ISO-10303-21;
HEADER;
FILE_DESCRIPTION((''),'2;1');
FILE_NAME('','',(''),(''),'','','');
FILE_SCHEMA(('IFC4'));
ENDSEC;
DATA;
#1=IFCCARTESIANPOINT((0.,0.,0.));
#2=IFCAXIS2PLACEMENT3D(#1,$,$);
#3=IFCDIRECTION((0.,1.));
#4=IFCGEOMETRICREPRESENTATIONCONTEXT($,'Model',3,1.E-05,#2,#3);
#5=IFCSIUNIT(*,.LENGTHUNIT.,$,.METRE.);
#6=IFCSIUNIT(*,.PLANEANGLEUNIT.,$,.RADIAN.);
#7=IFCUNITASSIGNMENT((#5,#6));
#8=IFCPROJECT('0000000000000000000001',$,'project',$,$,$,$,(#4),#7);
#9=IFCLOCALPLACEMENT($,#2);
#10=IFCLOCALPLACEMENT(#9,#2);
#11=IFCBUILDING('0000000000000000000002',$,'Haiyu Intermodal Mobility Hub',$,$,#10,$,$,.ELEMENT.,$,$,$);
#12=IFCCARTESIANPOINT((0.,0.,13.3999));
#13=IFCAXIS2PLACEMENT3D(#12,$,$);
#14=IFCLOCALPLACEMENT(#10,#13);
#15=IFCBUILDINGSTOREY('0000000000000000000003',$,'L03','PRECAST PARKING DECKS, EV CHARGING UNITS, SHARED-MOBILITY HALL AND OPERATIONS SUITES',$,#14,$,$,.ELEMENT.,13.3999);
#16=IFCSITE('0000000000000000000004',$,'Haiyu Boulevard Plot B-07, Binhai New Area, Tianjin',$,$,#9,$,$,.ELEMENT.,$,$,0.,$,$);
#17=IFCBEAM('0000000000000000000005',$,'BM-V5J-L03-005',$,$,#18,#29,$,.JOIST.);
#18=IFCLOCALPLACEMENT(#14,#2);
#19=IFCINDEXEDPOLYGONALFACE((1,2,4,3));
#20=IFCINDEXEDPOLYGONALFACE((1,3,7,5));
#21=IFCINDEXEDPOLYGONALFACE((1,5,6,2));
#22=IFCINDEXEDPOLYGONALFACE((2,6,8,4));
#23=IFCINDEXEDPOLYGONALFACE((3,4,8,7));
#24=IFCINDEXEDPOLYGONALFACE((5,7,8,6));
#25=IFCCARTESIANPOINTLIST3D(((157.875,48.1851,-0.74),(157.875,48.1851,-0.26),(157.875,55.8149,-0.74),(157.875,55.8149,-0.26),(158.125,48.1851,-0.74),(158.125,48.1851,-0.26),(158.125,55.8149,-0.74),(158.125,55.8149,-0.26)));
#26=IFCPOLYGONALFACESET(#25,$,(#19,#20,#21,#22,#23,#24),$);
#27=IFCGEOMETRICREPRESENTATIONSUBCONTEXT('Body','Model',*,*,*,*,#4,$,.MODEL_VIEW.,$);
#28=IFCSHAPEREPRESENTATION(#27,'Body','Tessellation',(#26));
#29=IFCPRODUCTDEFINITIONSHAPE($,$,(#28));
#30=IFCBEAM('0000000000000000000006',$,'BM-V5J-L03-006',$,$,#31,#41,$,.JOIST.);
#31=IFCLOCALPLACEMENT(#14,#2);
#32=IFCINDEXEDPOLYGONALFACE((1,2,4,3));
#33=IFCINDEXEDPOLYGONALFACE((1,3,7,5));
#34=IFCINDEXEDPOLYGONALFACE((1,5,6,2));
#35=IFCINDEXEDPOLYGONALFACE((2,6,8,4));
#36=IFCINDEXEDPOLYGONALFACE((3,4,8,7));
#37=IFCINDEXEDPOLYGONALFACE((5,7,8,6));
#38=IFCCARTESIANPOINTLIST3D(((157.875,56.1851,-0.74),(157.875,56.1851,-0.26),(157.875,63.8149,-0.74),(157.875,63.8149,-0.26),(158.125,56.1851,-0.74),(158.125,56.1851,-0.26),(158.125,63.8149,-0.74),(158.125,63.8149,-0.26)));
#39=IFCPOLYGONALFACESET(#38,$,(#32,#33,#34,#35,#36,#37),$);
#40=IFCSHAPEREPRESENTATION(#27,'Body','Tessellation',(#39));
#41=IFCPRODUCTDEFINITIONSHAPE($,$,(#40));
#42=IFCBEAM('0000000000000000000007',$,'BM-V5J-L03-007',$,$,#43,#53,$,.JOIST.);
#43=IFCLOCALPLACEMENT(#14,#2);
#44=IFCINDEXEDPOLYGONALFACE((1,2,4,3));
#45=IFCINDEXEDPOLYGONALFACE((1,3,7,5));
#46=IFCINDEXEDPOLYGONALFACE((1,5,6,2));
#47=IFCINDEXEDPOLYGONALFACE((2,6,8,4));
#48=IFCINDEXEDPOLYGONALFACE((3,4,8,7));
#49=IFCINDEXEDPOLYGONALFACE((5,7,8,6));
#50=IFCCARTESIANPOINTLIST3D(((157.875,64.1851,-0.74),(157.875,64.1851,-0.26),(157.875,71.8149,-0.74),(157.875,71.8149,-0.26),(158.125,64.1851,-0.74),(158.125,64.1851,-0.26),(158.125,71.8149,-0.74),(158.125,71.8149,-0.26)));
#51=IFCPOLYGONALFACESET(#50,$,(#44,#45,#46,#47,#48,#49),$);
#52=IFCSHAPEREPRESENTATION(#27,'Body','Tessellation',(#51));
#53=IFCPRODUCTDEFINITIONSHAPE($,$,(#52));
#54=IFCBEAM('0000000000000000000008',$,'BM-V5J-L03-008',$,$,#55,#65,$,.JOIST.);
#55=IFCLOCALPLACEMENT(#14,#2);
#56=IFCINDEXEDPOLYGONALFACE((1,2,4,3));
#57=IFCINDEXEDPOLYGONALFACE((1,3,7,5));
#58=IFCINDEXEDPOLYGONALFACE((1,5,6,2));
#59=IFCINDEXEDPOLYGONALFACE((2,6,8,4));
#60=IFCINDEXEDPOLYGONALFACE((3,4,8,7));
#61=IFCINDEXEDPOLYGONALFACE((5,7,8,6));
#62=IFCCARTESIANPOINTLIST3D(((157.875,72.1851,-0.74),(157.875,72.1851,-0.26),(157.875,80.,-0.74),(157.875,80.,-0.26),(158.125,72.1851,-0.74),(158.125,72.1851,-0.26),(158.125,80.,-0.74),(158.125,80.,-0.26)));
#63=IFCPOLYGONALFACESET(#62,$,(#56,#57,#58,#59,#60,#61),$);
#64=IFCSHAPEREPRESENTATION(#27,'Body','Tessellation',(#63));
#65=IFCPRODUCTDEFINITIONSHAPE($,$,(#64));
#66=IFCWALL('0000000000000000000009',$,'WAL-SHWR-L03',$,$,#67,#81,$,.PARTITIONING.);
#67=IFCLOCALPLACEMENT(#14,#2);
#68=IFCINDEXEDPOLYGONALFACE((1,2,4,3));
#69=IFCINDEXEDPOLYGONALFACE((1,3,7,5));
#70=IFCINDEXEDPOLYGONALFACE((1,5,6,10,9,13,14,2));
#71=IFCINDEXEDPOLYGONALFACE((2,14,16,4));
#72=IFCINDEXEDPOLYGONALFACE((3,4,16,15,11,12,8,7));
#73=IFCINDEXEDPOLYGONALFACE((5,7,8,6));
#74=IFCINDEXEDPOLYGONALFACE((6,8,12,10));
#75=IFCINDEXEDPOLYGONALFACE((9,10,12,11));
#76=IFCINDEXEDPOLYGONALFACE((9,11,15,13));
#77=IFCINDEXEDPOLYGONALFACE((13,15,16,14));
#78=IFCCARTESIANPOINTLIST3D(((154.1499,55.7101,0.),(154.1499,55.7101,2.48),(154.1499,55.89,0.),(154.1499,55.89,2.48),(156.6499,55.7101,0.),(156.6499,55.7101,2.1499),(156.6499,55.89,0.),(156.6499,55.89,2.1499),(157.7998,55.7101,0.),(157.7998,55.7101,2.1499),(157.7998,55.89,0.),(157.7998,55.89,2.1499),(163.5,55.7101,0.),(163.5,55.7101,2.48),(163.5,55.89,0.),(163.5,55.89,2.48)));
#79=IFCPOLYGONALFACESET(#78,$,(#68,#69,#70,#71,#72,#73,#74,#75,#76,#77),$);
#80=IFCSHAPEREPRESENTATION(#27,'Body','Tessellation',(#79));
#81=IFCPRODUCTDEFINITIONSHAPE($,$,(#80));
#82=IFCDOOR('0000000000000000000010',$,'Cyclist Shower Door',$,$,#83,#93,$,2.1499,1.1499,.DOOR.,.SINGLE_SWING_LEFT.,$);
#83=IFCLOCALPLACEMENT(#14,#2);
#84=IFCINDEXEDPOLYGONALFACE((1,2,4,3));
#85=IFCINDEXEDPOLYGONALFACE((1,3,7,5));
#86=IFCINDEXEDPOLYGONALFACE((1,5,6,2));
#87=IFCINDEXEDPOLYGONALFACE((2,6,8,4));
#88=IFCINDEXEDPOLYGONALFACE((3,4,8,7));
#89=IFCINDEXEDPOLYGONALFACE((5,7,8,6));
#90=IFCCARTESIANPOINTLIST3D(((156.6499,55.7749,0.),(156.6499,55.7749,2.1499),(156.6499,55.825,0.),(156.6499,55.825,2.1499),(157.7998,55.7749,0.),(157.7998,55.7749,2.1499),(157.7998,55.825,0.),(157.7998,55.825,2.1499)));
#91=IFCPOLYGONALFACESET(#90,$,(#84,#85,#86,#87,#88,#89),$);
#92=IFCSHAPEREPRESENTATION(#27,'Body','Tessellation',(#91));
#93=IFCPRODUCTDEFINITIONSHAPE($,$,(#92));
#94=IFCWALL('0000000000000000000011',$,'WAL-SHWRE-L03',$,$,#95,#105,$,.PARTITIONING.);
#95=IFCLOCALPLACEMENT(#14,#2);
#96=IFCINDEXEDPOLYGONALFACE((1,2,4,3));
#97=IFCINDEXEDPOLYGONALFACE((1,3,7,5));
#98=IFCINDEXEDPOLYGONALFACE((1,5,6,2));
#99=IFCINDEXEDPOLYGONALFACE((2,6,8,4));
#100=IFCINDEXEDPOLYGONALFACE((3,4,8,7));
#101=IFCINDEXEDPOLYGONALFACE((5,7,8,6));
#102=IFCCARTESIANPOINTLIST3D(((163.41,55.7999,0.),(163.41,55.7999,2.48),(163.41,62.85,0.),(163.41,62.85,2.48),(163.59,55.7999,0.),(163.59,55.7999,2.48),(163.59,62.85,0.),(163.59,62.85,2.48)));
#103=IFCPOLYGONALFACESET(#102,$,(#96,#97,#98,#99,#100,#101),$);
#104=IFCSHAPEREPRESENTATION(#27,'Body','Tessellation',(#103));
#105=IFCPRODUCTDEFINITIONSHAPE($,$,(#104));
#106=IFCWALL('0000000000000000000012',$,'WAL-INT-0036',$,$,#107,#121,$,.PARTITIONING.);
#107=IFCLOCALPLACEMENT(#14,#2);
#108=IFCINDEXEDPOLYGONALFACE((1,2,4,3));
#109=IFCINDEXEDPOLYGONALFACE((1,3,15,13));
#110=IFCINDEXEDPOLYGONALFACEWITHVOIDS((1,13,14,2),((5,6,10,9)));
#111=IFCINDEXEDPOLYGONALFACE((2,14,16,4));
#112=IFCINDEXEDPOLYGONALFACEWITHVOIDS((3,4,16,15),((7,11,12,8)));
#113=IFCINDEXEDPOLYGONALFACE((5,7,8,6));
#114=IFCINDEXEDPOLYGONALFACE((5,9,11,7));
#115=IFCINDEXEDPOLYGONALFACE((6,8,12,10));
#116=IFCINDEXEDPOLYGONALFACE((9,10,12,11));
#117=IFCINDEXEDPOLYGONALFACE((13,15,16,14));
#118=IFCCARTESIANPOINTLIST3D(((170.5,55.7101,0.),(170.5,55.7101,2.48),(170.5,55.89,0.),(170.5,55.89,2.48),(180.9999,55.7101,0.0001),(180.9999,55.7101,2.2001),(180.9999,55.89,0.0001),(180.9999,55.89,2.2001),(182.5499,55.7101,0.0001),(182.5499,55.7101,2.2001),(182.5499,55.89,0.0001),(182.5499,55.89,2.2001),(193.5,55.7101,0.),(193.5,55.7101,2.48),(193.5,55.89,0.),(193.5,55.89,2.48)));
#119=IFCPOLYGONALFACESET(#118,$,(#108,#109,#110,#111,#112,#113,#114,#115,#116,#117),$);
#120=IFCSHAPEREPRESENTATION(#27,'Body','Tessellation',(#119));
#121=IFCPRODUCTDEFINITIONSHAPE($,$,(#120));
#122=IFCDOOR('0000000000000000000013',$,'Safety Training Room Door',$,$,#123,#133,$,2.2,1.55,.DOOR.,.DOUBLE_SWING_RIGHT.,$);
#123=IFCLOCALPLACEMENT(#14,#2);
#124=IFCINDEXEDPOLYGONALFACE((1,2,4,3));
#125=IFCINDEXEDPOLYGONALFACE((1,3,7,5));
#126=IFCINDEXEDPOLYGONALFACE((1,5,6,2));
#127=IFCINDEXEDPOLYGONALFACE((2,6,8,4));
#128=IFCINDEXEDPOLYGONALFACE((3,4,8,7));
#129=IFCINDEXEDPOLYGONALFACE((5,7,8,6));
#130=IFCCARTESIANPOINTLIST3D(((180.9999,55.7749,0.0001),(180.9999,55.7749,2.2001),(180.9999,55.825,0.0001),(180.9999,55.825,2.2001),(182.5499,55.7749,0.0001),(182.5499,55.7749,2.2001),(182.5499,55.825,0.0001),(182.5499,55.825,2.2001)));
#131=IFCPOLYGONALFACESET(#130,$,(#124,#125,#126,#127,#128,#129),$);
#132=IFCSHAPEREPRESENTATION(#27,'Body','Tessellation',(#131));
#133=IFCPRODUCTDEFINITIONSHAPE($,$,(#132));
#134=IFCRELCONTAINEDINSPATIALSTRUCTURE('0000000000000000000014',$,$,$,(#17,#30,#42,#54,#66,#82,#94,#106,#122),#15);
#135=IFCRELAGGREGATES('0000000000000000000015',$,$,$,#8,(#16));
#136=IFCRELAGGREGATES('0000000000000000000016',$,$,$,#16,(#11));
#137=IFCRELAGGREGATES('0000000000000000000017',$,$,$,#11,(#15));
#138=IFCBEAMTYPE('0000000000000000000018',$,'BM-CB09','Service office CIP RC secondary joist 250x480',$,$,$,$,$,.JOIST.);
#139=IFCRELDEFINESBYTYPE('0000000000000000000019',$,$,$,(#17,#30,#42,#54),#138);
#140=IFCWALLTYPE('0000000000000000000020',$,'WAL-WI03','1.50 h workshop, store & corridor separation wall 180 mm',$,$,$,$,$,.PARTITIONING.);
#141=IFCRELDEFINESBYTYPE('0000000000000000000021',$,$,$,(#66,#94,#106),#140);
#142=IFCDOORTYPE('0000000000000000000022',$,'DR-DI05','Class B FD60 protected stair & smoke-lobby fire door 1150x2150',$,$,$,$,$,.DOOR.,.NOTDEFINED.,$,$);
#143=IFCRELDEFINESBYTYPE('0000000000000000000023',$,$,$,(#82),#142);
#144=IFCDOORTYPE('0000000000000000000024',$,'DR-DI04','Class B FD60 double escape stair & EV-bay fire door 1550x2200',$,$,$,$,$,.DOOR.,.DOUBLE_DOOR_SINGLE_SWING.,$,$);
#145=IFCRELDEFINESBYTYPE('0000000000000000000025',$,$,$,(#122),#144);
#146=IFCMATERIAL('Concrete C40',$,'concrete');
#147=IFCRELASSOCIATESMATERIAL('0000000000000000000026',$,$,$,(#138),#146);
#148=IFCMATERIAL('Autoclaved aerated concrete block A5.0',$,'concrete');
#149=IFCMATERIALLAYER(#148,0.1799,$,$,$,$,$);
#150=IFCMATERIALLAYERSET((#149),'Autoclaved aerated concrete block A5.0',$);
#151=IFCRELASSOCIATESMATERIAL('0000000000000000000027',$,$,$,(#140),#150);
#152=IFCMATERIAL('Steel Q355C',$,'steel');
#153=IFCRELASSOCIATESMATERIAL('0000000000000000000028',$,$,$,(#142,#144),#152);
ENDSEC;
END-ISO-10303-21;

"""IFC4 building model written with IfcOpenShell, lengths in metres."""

from ifc_helpers import new_model, si_unit, direction, frame, frame_2d, origin, origin_2d, place, context, subcontext, project, spatial, rectangle, extrude, material, layer, layer_set, material_profile, profile_set, type_object, element, fill, save


model = new_model("IFC4")

# Units and contexts
model_context = context("Model", 3, precision=1e-05, world=origin(), true_north=direction((0.0, 1.0)))
body_context = subcontext(model_context, "Body", "Model", "MODEL_VIEW")
ifc_project = project(units=[si_unit("LENGTHUNIT", "METRE"), si_unit("PLANEANGLEUNIT", "RADIAN")], contexts=[model_context])

# Site, building, storey
site_placement = place(None, origin())
site = spatial("IfcSite", under=ifc_project, at=site_placement, Name="Haiyu Boulevard Plot B-07, Binhai New Area, Tianjin", CompositionType="ELEMENT", RefElevation=0.0)
building_placement = place(site_placement, origin())
building = spatial("IfcBuilding", under=site, at=building_placement, Name="Haiyu Intermodal Mobility Hub", CompositionType="ELEMENT")
storey_placement = place(building_placement, frame((0.0, 0.0, 13.3999)))
storey = spatial("IfcBuildingStorey", under=building, at=storey_placement, Name="L03", Description="PRECAST PARKING DECKS, EV CHARGING UNITS, SHARED-MOBILITY HALL AND OPERATIONS SUITES", CompositionType="ELEMENT", Elevation=13.3999)

# Shared definitions
ifc_material_1 = material(Name="Concrete C40", Category="concrete")

# Beams
ifc_material_profile_1 = material_profile(ifc_material_1, rectangle(XDim=0.25, YDim=0.48, at=origin_2d()), Name="RCB250x480")
ifc_profile_set_1 = profile_set([ifc_material_profile_1], Name="Concrete C40")
beam_type_1 = type_object("IfcBeamType", Name="BM-CB09", Description="Service office CIP RC secondary joist 250x480", PredefinedType="JOIST", material=ifc_profile_set_1)
for number, where, z_axis, x_axis, name in (
    (1, (158.0, 48.1851, -0.5), (0.0, 1.0, 0.0), (-1.0, 0.0, 0.0), "BM-V5J-L03-005"),
    (2, (158.0, 56.1851, -0.5), (0.0, 1.0, 0.0), (-1.0, 0.0, 0.0), "BM-V5J-L03-006"),
    (3, (158.0, 64.1851, -0.5), (0.0, 1.0, 0.0), (-1.0, 0.0, 0.0), "BM-V5J-L03-007"),
):
    element("IfcBeam", number, at=place(storey_placement, frame(where, z_axis=z_axis, x_axis=x_axis)), inside=storey, type_object=beam_type_1, Name=name, PredefinedType="JOIST", context=body_context, shape_type="SweptSolid", body=[
        extrude(rectangle(XDim=0.25, YDim=0.48, at=origin_2d()), origin(), (0.0, 0.0, 1.0), 7.6299),
    ])
beam_placement = place(storey_placement, frame((158.0, 72.1851, -0.5), z_axis=(0.0, 1.0, 0.0), x_axis=(-1.0, 0.0, 0.0)))
element("IfcBeam", 4, at=beam_placement, inside=storey, type_object=beam_type_1, Name="BM-V5J-L03-008", PredefinedType="JOIST", context=body_context, shape_type="SweptSolid", body=[
    extrude(rectangle(XDim=0.25, YDim=0.48, at=origin_2d()), origin(), (0.0, 0.0, 1.0), 7.8149),
])

# Wall, opening, door
ifc_material_2 = material(Name="Autoclaved aerated concrete block A5.0", Category="concrete")
ifc_layer = layer(ifc_material_2, 0.1799)
ifc_layer_set = layer_set([ifc_layer], Name="Autoclaved aerated concrete block A5.0")
wall_type = type_object("IfcWallType", Name="WAL-WI03", Description="1.50 h workshop, store & corridor separation wall 180 mm", PredefinedType="PARTITIONING", material=ifc_layer_set)
wall_1_placement = place(storey_placement, frame((154.1499, 55.8, 0.0), z_axis=(0.0, 0.0, 1.0), x_axis=(1.0, 0.0, 0.0)))
wall_1 = element("IfcWall", 5, at=wall_1_placement, inside=storey, type_object=wall_type, Name="WAL-SHWR-L03", PredefinedType="PARTITIONING", context=body_context, shape_type="SweptSolid", body=[
    extrude(rectangle(XDim=9.3501, YDim=0.1799, at=frame_2d((4.675, 0.0))), origin(), (0.0, 0.0, 1.0), 2.48),
])
opening_1_placement = place(wall_1_placement, frame((2.5, 0.0, 0.0)))
opening_1 = element("IfcOpeningElement", 6, at=opening_1_placement, cuts=wall_1, PredefinedType="OPENING", context=body_context, shape_type="SweptSolid", body=[
    extrude(rectangle(XDim=1.1499, YDim=2.1499, at=frame_2d((0.575, 1.075))), frame((0.0, 0.1001, 0.0), z_axis=(0.0, -1.0, 0.0), x_axis=(1.0, 0.0, 0.0)), (0.0, 0.0, 1.0), 0.2),
])
ifc_material_3 = material(Name="Steel Q355C", Category="steel")
door_type_1 = type_object("IfcDoorType", Name="DR-DI05", Description="Class B FD60 protected stair & smoke-lobby fire door 1150x2150", OperationType="NOTDEFINED", PredefinedType="DOOR", material=ifc_material_3)
door_1_placement = place(opening_1_placement, origin())
door_1 = element("IfcDoor", 7, at=door_1_placement, inside=storey, type_object=door_type_1, Name="Cyclist Shower Door", OperationType="SINGLE_SWING_LEFT", OverallHeight=2.1499, OverallWidth=1.1499, PredefinedType="DOOR", context=body_context, shape_type="SweptSolid", body=[
    extrude(rectangle(XDim=1.1499, YDim=2.1499, at=frame_2d((0.575, 1.075))), frame((0.0, 0.0249, 0.0), z_axis=(0.0, -1.0, 0.0), x_axis=(1.0, 0.0, 0.0)), (0.0, 0.0, 1.0), 0.05),
])
fill(opening_1, door_1)

# Wall
wall_2_placement = place(storey_placement, frame((163.5, 55.8, 0.0), z_axis=(0.0, 0.0, 1.0), x_axis=(0.0, 1.0, 0.0)))
element("IfcWall", 8, at=wall_2_placement, inside=storey, type_object=wall_type, Name="WAL-SHWRE-L03", PredefinedType="PARTITIONING", context=body_context, shape_type="SweptSolid", body=[
    extrude(rectangle(XDim=7.05, YDim=0.1799, at=frame_2d((3.5249, 0.0))), origin(), (0.0, 0.0, 1.0), 2.48),
])

# Wall, opening, door
wall_3_placement = place(storey_placement, frame((170.5, 55.8, 0.0), z_axis=(0.0, 0.0, 1.0), x_axis=(1.0, 0.0, 0.0)))
wall_3 = element("IfcWall", 9, at=wall_3_placement, inside=storey, type_object=wall_type, Name="WAL-INT-0036", PredefinedType="PARTITIONING", context=body_context, shape_type="SweptSolid", body=[
    extrude(rectangle(XDim=23.0, YDim=0.1799, at=frame_2d((11.5, 0.0))), origin(), (0.0, 0.0, 1.0), 2.48),
])
opening_2_placement = place(wall_3_placement, frame((10.5, 0.0, 0.0)))
opening_2 = element("IfcOpeningElement", 10, at=opening_2_placement, cuts=wall_3, PredefinedType="OPENING", context=body_context, shape_type="SweptSolid", body=[
    extrude(rectangle(XDim=1.55, YDim=2.2, at=frame_2d((0.7749, 1.1001))), frame((0.0, 0.1001, 0.0), z_axis=(0.0, -1.0, 0.0), x_axis=(1.0, 0.0, 0.0)), (0.0, 0.0, 1.0), 0.2),
])
door_type_2 = type_object("IfcDoorType", Name="DR-DI04", Description="Class B FD60 double escape stair & EV-bay fire door 1550x2200", OperationType="DOUBLE_DOOR_SINGLE_SWING", PredefinedType="DOOR", material=ifc_material_3)
door_2_placement = place(opening_2_placement, origin())
door_2 = element("IfcDoor", 11, at=door_2_placement, inside=storey, type_object=door_type_2, Name="Safety Training Room Door", OperationType="DOUBLE_SWING_RIGHT", OverallHeight=2.2, OverallWidth=1.55, PredefinedType="DOOR", context=body_context, shape_type="SweptSolid", body=[
    extrude(rectangle(XDim=1.55, YDim=2.2, at=frame_2d((0.7749, 1.1001))), frame((0.0, 0.0249, 0.0), z_axis=(0.0, -1.0, 0.0), x_axis=(1.0, 0.0, 0.0)), (0.0, 0.0, 1.0), 0.05),
])
fill(opening_2, door_2)

save(model, "model.ifc")
